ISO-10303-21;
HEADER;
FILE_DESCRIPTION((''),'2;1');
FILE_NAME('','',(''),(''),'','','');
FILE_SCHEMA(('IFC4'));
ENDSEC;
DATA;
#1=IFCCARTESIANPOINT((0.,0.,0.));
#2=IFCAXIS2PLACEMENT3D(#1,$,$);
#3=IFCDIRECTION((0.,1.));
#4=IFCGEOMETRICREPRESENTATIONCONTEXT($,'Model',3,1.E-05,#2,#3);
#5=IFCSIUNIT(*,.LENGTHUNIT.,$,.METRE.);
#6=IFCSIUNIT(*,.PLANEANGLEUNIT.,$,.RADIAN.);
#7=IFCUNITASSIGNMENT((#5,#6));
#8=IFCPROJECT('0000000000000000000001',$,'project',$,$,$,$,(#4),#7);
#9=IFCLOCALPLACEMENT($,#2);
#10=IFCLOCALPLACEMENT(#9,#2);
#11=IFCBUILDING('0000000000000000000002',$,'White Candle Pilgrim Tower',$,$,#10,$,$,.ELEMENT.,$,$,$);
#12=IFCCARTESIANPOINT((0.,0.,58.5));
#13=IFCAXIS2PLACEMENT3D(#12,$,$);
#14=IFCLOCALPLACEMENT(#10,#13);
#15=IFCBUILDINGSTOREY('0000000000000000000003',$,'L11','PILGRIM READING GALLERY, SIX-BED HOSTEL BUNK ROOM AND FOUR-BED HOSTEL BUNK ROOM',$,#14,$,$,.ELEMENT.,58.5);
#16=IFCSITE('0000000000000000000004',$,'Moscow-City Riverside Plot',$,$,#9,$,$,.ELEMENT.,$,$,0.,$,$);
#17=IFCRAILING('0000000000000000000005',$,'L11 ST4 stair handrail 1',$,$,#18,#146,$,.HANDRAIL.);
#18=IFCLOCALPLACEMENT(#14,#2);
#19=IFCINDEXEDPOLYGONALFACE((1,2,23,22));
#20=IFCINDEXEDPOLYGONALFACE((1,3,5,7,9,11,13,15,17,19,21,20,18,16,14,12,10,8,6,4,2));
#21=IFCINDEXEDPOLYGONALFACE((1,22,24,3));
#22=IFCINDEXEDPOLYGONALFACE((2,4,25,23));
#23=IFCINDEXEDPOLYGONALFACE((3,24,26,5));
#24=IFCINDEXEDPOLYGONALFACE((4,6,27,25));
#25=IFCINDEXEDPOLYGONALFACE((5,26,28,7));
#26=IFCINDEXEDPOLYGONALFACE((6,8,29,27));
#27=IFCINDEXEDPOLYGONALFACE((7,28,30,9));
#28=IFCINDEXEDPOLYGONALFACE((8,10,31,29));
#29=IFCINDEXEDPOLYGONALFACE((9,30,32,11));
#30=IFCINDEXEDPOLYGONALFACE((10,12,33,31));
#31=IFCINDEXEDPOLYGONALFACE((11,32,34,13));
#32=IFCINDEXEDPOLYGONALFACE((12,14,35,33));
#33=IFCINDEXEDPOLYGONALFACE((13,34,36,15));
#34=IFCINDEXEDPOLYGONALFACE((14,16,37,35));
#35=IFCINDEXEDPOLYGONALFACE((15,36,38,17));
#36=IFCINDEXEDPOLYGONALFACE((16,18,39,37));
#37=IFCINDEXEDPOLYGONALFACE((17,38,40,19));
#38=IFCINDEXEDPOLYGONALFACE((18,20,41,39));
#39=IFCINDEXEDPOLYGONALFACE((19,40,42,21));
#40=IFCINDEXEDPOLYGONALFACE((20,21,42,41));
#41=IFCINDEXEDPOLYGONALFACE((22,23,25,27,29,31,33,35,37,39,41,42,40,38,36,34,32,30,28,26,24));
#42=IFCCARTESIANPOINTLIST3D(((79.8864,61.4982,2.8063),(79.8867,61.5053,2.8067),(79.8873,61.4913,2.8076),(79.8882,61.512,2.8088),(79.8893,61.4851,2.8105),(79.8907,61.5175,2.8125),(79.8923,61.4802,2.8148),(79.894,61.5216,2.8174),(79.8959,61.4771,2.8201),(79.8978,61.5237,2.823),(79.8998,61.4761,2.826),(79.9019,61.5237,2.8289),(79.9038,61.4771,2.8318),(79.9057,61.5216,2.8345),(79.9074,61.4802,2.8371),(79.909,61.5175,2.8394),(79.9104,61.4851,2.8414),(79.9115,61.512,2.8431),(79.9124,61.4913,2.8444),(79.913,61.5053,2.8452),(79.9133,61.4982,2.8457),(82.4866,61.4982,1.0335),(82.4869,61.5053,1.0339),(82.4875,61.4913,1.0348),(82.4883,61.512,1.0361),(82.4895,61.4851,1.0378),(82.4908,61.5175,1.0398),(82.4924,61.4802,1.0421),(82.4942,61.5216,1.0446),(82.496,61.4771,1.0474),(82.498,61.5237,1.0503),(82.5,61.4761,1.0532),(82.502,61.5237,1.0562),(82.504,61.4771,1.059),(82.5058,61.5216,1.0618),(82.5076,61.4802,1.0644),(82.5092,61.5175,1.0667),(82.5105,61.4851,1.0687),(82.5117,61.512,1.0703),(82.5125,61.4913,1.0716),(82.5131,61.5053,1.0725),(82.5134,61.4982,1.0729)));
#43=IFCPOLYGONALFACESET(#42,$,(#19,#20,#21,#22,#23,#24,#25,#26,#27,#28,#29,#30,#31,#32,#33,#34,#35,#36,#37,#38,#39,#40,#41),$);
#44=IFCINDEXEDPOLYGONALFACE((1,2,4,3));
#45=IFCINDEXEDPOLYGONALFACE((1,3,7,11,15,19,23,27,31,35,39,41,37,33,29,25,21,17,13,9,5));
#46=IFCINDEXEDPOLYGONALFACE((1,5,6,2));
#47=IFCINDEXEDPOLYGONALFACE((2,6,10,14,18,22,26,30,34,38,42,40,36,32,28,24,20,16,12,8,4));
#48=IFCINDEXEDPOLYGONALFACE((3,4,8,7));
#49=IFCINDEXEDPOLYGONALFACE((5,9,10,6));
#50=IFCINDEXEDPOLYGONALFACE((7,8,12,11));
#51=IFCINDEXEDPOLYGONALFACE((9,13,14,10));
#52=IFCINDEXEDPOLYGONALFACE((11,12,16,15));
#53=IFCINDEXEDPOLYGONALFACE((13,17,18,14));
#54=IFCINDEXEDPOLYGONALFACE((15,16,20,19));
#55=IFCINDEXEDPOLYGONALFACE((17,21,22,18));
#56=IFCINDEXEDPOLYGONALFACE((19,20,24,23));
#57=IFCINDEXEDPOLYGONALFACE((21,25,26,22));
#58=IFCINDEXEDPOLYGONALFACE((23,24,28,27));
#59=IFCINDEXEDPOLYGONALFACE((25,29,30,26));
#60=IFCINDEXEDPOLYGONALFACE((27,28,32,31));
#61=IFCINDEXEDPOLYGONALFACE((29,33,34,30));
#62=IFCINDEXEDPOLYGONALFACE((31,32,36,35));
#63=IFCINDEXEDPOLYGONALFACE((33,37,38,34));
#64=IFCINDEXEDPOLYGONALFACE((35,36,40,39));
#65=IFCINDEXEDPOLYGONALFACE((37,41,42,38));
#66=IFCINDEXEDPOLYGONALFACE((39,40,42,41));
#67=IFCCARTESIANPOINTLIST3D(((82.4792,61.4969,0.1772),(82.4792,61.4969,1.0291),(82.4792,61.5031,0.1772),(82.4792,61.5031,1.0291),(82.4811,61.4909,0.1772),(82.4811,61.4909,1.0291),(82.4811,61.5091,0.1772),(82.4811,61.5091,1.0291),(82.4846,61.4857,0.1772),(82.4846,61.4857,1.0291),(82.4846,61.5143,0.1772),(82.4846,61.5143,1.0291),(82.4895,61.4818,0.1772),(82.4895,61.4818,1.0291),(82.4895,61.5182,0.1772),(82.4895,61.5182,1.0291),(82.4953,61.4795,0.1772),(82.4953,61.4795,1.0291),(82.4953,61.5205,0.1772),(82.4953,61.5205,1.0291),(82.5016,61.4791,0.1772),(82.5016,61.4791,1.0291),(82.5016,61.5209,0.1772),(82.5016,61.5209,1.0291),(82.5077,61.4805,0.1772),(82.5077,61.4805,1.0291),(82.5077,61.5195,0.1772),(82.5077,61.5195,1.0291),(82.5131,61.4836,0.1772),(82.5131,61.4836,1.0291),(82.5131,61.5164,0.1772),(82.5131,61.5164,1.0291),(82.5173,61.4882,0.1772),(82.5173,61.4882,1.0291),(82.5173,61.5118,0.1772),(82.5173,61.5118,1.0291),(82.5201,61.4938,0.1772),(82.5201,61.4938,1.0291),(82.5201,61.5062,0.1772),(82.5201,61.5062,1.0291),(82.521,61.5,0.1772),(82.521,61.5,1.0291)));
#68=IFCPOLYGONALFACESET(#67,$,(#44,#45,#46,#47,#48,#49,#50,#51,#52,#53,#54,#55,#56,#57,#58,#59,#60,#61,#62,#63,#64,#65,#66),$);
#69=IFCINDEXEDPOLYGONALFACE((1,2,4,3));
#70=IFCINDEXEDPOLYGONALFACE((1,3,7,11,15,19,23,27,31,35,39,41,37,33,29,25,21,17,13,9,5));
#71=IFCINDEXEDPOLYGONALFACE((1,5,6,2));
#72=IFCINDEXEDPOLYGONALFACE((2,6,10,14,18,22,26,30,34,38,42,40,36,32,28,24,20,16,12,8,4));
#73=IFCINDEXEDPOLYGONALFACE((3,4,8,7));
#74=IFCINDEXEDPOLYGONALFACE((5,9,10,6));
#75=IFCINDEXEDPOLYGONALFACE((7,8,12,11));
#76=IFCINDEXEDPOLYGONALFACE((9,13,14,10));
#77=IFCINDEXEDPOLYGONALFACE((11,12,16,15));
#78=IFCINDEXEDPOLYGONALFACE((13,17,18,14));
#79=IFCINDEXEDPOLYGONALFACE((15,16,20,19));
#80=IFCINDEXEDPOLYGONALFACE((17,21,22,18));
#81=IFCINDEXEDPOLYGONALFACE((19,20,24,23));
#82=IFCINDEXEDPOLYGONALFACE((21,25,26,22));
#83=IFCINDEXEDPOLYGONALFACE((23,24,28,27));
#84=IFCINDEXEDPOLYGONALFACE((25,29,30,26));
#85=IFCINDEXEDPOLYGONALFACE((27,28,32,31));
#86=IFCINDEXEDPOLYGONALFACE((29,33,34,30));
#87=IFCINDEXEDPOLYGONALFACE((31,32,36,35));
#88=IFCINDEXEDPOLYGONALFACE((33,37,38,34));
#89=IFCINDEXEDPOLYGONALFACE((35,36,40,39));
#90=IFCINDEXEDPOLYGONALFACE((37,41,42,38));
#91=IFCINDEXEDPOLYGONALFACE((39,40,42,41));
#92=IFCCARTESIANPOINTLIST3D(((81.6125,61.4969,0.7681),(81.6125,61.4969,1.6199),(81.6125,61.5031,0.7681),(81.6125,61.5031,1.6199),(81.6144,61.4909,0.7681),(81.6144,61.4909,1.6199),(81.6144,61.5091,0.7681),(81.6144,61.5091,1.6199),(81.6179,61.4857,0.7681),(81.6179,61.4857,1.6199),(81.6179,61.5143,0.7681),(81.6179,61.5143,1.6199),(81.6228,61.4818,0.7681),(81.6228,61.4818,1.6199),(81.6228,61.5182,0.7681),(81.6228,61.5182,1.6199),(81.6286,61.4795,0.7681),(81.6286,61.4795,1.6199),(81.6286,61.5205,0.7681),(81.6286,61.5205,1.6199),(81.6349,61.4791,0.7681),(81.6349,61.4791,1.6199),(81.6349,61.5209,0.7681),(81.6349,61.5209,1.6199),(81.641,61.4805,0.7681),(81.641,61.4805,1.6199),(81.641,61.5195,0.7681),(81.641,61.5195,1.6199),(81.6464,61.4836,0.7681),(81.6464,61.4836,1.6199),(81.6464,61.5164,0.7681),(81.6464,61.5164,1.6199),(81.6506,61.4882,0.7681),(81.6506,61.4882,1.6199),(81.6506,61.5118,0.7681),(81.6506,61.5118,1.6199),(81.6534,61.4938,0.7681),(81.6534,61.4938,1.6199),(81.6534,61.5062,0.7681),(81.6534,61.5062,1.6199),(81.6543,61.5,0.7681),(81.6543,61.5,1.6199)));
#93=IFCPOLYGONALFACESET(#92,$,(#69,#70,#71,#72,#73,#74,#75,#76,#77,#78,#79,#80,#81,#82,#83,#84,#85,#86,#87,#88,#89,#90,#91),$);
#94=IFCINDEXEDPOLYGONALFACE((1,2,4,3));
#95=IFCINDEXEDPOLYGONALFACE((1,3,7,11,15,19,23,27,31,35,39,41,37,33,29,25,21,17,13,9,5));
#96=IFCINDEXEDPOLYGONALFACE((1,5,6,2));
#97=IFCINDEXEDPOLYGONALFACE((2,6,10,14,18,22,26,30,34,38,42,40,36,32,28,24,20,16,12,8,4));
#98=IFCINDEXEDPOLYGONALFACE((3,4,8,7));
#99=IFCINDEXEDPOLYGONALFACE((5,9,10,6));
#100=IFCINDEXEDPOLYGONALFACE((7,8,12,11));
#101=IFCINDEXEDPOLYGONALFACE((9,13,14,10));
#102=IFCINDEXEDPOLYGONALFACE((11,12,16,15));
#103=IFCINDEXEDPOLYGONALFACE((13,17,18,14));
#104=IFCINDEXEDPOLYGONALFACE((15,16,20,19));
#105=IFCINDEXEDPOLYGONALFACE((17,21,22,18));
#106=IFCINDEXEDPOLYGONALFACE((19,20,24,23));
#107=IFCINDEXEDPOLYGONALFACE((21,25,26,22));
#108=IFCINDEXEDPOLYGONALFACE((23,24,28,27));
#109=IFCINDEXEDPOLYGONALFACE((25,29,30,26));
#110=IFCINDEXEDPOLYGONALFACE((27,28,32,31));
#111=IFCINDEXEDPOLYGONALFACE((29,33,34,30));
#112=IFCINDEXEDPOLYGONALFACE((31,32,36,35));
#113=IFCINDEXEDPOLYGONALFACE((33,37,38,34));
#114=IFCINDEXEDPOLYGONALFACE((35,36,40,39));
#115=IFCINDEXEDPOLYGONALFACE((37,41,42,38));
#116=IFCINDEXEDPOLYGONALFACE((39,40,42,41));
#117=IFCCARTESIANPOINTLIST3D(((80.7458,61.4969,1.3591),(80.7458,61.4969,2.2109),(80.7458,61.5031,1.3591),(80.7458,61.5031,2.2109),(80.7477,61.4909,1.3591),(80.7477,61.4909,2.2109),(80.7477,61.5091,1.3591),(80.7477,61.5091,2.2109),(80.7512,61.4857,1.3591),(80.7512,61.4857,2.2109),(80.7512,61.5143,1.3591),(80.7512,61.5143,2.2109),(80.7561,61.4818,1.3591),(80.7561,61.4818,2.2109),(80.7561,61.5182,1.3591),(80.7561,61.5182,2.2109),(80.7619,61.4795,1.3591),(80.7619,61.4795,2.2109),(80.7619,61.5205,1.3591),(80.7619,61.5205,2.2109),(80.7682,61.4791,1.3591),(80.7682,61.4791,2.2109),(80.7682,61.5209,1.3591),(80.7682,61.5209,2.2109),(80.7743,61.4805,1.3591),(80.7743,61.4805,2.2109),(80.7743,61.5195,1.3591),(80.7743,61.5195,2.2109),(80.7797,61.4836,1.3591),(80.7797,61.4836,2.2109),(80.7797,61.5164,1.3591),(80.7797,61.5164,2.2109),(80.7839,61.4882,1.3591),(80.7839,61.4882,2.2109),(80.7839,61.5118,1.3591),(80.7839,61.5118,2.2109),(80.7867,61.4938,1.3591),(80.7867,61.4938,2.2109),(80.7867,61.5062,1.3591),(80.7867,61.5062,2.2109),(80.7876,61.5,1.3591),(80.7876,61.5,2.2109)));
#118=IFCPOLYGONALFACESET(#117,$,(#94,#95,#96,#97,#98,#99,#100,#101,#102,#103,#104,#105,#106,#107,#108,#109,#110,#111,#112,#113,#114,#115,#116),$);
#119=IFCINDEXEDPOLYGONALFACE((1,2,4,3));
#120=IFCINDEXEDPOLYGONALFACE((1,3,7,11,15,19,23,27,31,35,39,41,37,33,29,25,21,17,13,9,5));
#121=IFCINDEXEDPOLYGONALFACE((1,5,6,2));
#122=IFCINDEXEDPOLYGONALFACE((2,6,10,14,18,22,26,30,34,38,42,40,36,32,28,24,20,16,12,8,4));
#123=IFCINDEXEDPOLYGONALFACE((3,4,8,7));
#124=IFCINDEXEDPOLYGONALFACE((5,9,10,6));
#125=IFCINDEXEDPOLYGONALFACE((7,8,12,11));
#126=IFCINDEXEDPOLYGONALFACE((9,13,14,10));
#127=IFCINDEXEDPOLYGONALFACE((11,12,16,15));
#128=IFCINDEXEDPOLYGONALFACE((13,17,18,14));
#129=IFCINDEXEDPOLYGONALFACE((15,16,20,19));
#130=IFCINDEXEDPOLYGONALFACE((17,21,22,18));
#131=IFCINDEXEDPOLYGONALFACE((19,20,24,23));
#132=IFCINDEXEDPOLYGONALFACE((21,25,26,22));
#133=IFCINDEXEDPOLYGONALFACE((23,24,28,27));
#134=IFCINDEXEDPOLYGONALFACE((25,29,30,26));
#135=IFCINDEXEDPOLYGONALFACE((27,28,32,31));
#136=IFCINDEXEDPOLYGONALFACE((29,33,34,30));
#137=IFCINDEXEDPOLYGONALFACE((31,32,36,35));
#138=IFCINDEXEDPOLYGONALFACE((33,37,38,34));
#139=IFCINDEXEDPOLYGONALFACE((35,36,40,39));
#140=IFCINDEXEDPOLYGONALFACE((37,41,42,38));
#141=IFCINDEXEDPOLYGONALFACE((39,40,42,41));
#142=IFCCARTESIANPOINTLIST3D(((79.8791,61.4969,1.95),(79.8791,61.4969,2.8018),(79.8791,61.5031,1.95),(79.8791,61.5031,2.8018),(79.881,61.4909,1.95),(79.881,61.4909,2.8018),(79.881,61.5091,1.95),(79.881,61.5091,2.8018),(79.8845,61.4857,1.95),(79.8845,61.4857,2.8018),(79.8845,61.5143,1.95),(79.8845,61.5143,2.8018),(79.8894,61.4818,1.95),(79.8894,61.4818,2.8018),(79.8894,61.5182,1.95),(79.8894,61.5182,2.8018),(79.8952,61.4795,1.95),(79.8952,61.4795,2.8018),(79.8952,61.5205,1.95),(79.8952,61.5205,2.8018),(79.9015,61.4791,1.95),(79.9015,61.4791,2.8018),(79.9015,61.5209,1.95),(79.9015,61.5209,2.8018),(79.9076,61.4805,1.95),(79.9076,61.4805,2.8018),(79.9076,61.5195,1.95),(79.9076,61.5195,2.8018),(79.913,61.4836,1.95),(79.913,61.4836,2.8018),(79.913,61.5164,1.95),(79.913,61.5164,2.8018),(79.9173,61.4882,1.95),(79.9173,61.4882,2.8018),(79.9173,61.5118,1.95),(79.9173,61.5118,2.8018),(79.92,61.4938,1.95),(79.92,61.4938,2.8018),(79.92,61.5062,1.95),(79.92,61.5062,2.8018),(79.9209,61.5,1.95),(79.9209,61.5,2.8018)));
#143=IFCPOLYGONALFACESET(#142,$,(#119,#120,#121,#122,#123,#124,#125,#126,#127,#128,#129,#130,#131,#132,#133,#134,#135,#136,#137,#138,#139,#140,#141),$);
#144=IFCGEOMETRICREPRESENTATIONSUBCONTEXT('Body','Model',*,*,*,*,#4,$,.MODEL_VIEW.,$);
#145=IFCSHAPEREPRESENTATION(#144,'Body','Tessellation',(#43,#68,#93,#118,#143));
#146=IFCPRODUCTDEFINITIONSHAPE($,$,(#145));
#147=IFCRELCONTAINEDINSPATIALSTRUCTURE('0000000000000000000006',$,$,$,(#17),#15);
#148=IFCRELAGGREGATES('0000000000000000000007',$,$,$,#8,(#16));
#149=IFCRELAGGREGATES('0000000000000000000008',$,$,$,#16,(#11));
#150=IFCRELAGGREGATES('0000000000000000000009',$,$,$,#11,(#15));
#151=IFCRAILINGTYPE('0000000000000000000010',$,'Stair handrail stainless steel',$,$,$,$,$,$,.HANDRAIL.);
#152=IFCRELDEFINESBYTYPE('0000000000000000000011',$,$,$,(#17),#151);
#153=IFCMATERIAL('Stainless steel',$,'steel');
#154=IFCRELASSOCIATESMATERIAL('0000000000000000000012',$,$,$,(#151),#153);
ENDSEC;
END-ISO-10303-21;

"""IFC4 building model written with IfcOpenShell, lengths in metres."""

from ifc_helpers import new_model, si_unit, direction, frame, origin, origin_2d, place, context, subcontext, project, spatial, circle, extrude, material, type_object, element, save


model = new_model("IFC4")

# Units and contexts
model_context = context("Model", 3, precision=1e-05, world=origin(), true_north=direction((0.0, 1.0)))
body_context = subcontext(model_context, "Body", "Model", "MODEL_VIEW")
ifc_project = project(units=[si_unit("LENGTHUNIT", "METRE"), si_unit("PLANEANGLEUNIT", "RADIAN")], contexts=[model_context])

# Site, building, storey
site_placement = place(None, origin())
site = spatial("IfcSite", under=ifc_project, at=site_placement, Name="Moscow-City Riverside Plot", CompositionType="ELEMENT", RefElevation=0.0)
building_placement = place(site_placement, origin())
building = spatial("IfcBuilding", under=site, at=building_placement, Name="White Candle Pilgrim Tower", CompositionType="ELEMENT")
storey_placement = place(building_placement, frame((0.0, 0.0, 58.5)))
storey = spatial("IfcBuildingStorey", under=building, at=storey_placement, Name="L11", Description="PILGRIM READING GALLERY, SIX-BED HOSTEL BUNK ROOM AND FOUR-BED HOSTEL BUNK ROOM", CompositionType="ELEMENT", Elevation=58.5)

# Railing
ifc_material_1 = material(Name="Stainless steel", Category="steel")
railing_type_1 = type_object("IfcRailingType", Name="Stair handrail stainless steel", PredefinedType="HANDRAIL", material=ifc_material_1)
railing_1_placement = place(storey_placement, frame((82.5, 61.5, 0.1772)))
element("IfcRailing", 1, at=railing_1_placement, inside=storey, type_object=railing_type_1, Name="L11 ST4 stair handrail 1", PredefinedType="HANDRAIL", context=body_context, shape_type="SweptSolid", body=[
    extrude(circle(Radius=0.0239, at=origin_2d()), frame((0.0, 0.0, 0.876), z_axis=(-0.82624, 0.0, 0.563318), x_axis=(0.0, -1.0, 0.0)), (0.0, 0.0, 1.0), 3.147),
    extrude(circle(Radius=0.021, at=origin_2d()), origin(), (0.0, 0.0, 1.0), 0.8518),
    extrude(circle(Radius=0.021, at=origin_2d()), frame((-0.8667, 0.0, 0.5908)), (0.0, 0.0, 1.0), 0.8518),
    extrude(circle(Radius=0.021, at=origin_2d()), frame((-1.7334, 0.0, 1.1819)), (0.0, 0.0, 1.0), 0.8518),
    extrude(circle(Radius=0.021, at=origin_2d()), frame((-2.6001, 0.0, 1.7727)), (0.0, 0.0, 1.0), 0.8518),
])

save(model, "model.ifc")
